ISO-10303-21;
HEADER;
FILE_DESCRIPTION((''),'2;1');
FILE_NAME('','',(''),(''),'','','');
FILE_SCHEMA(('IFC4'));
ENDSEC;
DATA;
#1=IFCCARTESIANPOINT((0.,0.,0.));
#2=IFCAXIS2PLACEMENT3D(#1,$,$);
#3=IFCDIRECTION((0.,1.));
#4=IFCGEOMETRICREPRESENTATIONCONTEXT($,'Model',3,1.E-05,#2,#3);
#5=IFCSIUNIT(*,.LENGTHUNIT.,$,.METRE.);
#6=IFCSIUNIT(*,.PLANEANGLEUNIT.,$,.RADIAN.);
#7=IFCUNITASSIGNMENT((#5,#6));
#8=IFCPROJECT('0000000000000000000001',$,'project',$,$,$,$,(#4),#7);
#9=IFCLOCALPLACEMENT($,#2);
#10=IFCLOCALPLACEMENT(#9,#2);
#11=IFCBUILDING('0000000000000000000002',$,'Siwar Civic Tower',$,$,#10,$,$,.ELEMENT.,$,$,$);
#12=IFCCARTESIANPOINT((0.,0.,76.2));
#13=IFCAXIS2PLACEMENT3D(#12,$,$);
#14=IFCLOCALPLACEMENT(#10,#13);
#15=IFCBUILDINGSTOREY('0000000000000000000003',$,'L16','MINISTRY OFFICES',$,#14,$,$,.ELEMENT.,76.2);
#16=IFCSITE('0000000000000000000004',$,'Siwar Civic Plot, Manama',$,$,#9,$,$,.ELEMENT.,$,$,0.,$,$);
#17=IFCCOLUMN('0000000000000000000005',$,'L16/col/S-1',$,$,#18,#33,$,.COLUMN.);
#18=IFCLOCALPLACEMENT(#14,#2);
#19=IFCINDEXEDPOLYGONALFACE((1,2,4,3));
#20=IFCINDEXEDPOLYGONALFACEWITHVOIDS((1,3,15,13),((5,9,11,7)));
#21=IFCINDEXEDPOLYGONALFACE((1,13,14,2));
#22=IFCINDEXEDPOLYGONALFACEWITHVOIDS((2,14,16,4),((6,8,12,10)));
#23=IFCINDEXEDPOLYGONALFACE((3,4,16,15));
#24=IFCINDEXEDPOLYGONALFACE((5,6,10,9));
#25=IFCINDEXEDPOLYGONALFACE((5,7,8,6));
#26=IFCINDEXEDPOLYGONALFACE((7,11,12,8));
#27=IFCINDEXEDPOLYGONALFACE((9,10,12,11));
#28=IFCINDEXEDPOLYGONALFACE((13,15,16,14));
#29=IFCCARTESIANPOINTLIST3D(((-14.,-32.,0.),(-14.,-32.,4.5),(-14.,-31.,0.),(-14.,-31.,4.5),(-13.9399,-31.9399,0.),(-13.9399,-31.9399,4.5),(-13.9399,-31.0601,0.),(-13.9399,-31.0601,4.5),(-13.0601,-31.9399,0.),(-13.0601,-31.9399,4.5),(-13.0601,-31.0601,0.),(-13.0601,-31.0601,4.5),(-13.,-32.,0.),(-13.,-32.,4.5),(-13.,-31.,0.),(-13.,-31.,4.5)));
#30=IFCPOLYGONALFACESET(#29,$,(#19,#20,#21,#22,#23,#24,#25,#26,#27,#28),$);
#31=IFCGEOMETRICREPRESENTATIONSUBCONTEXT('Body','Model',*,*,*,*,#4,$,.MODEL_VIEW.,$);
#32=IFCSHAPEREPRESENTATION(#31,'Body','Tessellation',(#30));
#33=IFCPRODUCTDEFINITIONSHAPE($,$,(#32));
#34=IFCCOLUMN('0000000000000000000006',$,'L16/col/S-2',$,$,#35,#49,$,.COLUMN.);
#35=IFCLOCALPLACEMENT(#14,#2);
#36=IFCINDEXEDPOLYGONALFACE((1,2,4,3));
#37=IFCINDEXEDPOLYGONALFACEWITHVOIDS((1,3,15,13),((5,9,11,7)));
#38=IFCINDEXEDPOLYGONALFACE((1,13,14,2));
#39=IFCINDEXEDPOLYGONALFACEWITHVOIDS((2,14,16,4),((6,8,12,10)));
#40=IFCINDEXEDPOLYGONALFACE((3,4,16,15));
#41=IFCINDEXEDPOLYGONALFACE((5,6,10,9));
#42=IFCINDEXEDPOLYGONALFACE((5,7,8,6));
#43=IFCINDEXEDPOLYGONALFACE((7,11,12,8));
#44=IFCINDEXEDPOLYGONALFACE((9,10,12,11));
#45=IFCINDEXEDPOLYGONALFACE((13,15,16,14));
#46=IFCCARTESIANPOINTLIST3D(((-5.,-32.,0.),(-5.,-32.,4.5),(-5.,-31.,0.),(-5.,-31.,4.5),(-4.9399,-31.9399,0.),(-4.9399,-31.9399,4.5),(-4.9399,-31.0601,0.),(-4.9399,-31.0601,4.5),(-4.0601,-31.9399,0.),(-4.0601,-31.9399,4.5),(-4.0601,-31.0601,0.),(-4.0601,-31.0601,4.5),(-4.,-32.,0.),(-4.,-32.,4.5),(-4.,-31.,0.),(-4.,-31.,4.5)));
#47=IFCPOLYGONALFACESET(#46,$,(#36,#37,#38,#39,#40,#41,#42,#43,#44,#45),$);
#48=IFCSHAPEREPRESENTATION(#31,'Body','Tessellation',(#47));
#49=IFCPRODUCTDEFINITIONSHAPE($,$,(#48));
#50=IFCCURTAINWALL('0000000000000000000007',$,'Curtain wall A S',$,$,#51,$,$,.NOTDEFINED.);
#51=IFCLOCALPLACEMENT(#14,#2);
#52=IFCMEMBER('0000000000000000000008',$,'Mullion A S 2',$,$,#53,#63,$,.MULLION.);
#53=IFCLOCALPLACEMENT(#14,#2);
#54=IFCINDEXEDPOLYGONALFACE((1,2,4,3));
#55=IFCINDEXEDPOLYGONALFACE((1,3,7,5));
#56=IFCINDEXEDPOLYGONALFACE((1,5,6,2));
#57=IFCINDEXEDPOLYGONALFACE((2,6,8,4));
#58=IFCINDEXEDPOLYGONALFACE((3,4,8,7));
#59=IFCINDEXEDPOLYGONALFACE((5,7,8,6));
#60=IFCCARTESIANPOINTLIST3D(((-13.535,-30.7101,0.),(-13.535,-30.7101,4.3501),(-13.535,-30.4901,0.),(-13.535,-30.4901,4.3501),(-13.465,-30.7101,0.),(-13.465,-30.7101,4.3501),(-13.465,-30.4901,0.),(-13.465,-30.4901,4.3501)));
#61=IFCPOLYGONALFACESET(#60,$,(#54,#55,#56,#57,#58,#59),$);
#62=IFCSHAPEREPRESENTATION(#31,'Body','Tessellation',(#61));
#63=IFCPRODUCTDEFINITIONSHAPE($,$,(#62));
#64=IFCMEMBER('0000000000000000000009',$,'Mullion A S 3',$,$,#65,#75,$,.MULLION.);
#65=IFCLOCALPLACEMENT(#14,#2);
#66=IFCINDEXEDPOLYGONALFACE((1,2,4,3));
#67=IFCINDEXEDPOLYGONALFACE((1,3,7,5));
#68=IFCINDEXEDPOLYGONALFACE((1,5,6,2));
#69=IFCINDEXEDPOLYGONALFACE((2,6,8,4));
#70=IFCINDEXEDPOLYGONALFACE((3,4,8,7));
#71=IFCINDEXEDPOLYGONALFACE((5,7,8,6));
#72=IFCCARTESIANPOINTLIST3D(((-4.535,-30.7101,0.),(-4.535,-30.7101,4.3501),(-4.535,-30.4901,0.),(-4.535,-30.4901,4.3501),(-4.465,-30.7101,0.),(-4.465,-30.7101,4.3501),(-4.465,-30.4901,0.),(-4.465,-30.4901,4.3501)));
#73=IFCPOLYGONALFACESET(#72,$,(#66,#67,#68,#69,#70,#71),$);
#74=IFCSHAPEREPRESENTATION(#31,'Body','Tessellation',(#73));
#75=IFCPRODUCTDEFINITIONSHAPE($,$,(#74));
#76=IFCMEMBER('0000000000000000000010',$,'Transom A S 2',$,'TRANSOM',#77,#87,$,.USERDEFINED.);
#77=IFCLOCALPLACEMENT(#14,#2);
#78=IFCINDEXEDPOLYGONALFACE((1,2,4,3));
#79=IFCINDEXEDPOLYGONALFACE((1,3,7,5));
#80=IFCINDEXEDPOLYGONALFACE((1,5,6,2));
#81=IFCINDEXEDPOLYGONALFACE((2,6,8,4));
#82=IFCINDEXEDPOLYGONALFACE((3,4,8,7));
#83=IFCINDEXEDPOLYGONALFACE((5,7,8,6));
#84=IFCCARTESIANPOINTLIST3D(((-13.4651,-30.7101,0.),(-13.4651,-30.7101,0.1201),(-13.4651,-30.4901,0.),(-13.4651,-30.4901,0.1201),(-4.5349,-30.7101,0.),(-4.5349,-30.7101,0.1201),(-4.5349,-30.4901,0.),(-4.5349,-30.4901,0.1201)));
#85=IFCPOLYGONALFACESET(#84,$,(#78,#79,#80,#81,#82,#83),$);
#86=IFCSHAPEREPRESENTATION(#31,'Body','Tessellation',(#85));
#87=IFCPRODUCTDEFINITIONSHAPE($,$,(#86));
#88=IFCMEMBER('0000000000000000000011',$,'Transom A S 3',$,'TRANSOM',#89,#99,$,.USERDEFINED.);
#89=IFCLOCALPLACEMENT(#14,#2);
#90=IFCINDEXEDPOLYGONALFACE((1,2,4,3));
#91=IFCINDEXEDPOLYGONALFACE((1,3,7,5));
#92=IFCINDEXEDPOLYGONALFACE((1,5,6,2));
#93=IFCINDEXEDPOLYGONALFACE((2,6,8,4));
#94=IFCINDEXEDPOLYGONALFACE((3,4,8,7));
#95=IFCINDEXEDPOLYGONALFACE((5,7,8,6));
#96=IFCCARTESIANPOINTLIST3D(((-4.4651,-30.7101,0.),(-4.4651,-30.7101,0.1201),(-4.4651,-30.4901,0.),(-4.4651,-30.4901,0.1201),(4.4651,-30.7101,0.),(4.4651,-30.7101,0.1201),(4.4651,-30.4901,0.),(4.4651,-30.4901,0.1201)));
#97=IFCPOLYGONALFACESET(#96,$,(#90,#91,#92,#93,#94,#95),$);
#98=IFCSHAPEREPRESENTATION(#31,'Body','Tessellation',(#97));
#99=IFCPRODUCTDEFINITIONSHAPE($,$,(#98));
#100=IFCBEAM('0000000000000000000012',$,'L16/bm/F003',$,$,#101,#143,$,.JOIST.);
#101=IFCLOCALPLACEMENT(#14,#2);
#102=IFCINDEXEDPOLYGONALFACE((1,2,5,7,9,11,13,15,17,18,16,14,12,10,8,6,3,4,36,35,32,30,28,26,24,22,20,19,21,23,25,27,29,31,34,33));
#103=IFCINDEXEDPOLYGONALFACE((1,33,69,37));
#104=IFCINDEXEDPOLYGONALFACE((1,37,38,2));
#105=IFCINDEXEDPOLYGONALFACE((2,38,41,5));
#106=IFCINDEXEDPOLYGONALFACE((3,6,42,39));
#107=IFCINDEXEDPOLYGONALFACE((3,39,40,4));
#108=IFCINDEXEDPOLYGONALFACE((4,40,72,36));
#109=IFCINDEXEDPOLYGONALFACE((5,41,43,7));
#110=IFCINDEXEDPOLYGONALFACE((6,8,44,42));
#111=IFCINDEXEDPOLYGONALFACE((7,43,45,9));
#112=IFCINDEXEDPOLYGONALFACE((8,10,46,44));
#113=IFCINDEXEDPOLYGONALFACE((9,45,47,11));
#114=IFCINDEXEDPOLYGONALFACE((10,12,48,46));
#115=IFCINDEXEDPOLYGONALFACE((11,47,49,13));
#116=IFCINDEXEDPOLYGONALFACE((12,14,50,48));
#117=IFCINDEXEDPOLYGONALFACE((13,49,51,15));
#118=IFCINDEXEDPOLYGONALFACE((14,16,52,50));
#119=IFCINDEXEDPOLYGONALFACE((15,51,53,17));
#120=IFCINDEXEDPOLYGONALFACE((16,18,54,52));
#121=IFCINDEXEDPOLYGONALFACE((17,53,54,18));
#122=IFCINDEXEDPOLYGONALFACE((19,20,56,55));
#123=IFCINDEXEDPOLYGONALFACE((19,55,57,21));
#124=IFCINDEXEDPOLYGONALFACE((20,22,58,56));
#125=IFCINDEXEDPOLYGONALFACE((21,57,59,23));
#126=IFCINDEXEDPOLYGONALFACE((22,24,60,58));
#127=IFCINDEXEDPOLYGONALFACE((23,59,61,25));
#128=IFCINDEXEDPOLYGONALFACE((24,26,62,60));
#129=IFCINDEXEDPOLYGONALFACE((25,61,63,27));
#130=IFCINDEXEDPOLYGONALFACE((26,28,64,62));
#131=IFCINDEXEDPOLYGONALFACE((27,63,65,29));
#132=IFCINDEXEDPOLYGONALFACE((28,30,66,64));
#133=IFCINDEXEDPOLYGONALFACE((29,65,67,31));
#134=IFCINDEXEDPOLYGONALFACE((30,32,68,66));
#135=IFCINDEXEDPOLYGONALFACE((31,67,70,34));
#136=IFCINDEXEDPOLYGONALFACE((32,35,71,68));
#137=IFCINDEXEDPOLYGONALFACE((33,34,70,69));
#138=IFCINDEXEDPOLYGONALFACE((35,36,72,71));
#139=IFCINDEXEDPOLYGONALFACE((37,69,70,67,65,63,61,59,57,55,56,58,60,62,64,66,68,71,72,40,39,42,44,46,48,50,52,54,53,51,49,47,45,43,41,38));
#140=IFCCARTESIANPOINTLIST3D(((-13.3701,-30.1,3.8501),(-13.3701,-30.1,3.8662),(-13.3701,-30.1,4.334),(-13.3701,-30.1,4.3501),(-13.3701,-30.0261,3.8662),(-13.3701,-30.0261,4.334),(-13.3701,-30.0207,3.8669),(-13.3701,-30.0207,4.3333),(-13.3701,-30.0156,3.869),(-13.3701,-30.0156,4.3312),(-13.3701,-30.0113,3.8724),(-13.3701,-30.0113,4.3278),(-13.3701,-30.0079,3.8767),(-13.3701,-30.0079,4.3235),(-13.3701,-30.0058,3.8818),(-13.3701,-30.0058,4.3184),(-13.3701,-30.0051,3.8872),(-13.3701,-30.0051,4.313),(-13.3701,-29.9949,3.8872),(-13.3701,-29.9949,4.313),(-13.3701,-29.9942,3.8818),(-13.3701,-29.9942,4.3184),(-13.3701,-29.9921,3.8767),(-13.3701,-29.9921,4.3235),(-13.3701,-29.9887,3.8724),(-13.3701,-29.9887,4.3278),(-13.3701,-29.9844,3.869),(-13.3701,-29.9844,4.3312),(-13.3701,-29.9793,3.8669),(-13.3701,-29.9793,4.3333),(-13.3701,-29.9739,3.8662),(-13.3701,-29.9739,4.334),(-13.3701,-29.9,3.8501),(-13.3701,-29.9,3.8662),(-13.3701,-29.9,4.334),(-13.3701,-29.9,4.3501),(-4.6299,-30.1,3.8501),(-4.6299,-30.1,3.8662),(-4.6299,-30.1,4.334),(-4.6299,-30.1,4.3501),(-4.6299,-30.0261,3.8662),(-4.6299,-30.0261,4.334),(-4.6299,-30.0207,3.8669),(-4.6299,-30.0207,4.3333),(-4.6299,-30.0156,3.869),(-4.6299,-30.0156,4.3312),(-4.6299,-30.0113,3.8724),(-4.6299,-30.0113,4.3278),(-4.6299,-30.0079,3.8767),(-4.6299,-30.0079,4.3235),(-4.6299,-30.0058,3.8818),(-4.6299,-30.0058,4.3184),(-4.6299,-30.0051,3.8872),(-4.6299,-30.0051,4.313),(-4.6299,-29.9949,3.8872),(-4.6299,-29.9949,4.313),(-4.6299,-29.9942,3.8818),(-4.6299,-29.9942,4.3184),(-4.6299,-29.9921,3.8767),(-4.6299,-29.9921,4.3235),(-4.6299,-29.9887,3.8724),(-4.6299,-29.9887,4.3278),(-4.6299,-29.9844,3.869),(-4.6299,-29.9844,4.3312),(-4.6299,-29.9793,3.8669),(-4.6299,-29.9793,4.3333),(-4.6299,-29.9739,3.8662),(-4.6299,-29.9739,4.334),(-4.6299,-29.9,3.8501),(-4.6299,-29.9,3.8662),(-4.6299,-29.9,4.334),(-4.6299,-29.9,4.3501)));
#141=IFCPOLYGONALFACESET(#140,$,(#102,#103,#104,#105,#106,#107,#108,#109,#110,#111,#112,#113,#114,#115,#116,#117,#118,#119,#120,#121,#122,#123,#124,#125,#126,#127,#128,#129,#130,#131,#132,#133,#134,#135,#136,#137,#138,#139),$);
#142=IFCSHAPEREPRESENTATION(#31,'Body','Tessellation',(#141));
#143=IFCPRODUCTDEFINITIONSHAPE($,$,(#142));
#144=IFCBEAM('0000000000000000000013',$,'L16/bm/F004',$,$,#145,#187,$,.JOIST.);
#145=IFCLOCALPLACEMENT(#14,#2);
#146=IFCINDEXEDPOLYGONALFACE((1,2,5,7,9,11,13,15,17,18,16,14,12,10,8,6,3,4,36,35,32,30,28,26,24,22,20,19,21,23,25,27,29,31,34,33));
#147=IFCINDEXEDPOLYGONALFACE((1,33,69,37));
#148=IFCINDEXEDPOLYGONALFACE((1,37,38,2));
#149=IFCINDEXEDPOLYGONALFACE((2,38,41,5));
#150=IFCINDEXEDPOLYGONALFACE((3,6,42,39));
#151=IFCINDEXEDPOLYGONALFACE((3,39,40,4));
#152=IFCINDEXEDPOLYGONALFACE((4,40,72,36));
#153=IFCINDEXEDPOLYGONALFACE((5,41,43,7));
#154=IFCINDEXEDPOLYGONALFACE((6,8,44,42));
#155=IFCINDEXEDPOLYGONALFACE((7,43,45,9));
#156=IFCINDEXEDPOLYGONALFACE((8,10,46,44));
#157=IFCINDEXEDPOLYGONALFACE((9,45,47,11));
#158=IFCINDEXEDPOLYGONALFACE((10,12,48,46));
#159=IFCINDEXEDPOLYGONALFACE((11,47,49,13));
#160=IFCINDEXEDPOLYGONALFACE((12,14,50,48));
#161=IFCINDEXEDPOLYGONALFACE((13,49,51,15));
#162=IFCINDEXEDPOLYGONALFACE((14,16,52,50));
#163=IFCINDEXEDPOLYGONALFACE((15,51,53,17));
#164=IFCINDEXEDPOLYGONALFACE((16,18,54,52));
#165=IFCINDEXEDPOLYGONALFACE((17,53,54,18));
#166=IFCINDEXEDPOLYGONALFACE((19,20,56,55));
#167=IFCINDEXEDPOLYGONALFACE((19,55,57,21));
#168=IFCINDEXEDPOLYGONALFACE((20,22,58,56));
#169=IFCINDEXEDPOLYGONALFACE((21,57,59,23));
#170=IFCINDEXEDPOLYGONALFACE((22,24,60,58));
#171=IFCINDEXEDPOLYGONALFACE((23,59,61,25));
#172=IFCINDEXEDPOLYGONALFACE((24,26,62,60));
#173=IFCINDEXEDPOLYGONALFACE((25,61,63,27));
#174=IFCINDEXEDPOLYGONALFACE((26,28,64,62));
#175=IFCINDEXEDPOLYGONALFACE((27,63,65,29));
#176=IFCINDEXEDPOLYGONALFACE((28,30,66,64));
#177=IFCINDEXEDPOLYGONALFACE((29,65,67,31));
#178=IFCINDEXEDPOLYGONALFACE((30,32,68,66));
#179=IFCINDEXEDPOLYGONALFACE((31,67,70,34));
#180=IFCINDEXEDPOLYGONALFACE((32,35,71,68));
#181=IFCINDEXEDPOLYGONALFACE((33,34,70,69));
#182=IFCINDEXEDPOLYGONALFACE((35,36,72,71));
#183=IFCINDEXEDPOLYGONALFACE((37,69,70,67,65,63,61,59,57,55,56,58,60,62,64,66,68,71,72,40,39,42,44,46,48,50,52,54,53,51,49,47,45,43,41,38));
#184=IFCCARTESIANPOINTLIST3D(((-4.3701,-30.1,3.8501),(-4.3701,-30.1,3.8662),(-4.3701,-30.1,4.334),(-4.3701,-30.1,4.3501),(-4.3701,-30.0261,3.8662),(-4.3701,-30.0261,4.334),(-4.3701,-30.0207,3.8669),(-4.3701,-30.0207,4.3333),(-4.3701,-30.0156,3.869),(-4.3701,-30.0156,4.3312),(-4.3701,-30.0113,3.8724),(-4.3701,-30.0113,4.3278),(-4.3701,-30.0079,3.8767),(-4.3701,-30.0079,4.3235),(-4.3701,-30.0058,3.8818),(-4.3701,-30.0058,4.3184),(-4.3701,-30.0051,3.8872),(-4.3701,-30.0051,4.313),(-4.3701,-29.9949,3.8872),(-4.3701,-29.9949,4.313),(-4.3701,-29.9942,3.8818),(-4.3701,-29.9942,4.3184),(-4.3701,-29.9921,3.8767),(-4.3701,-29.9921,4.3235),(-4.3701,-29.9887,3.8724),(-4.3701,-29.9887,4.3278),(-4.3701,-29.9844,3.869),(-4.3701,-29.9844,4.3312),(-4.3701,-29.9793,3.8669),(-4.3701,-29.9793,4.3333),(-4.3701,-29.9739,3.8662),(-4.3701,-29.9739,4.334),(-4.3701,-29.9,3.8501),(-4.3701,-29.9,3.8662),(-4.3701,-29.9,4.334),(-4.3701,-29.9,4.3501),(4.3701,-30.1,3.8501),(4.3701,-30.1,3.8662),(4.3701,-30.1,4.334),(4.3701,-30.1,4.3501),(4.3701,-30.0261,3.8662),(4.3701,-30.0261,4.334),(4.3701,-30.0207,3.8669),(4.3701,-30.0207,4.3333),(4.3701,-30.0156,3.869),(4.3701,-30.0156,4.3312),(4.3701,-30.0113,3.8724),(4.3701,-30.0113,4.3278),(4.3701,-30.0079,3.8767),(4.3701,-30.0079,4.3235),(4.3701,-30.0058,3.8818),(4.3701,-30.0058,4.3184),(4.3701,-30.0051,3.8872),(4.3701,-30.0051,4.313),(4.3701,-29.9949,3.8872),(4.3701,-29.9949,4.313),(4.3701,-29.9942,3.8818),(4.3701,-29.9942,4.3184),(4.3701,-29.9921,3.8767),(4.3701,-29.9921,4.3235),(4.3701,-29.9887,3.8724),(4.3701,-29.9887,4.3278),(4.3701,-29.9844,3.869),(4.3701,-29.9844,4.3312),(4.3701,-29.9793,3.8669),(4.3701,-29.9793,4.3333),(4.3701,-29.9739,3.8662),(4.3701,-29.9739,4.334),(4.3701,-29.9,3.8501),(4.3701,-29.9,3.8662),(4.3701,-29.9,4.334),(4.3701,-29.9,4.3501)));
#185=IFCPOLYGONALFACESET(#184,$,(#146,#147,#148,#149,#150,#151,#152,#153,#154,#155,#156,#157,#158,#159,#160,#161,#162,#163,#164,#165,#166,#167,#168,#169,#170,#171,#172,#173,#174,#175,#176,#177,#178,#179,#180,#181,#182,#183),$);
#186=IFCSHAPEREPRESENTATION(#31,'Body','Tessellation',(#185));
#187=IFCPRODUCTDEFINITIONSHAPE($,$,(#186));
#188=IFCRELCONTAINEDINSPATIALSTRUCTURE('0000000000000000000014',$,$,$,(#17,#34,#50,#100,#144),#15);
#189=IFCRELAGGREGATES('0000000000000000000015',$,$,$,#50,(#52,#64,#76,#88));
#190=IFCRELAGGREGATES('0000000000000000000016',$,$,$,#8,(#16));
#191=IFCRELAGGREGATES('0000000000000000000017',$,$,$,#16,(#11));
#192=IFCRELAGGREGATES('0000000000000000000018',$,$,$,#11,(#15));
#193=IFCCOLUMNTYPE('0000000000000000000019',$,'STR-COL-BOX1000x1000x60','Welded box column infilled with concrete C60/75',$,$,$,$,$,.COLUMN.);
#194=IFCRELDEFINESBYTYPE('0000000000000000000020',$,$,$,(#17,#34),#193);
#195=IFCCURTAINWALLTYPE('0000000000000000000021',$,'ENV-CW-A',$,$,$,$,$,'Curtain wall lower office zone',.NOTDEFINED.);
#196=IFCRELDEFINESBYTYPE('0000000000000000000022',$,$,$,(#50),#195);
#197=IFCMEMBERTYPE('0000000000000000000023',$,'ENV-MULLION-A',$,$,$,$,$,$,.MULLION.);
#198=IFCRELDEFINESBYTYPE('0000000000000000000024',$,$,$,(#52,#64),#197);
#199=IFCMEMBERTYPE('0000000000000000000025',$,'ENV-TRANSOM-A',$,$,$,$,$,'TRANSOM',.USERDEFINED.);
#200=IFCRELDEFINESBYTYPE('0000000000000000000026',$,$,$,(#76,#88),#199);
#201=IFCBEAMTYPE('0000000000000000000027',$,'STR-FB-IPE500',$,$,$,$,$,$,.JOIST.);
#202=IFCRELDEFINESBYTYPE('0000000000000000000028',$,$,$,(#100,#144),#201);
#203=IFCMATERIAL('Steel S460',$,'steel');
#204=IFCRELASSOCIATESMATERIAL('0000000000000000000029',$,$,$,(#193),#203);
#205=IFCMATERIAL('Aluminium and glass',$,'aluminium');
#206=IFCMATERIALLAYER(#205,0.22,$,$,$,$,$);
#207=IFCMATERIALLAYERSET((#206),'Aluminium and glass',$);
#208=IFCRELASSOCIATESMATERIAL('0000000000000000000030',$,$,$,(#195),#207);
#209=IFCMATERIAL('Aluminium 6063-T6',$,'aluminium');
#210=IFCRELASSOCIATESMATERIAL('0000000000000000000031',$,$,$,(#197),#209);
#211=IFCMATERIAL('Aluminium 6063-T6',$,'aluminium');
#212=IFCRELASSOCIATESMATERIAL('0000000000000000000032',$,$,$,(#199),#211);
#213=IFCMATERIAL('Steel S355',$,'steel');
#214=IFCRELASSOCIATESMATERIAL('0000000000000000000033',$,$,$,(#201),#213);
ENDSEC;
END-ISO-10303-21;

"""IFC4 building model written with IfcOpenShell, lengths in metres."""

from ifc_helpers import new_model, si_unit, direction, frame, origin, origin_2d, place, context, subcontext, project, spatial, rectangle, hollow_rectangle, i_section, extrude, material, layer, layer_set, material_profile, profile_set, type_object, element, aggregate, save


model = new_model("IFC4")

# Units and contexts
model_context = context("Model", 3, precision=1e-05, world=origin(), true_north=direction((0.0, 1.0)))
body_context = subcontext(model_context, "Body", "Model", "MODEL_VIEW")
ifc_project = project(units=[si_unit("LENGTHUNIT", "METRE"), si_unit("PLANEANGLEUNIT", "RADIAN")], contexts=[model_context])

# Site, building, storey
site_placement = place(None, origin())
site = spatial("IfcSite", under=ifc_project, at=site_placement, Name="Siwar Civic Plot, Manama", CompositionType="ELEMENT", RefElevation=0.0)
building_placement = place(site_placement, origin())
building = spatial("IfcBuilding", under=site, at=building_placement, Name="Siwar Civic Tower", CompositionType="ELEMENT")
storey_placement = place(building_placement, frame((0.0, 0.0, 76.2)))
storey = spatial("IfcBuildingStorey", under=building, at=storey_placement, Name="L16", Description="MINISTRY OFFICES", CompositionType="ELEMENT", Elevation=76.2)

# Columns
ifc_material_1 = material(Name="Steel S460", Category="steel")
ifc_material_profile_1 = material_profile(ifc_material_1, hollow_rectangle(XDim=1.0, YDim=1.0, WallThickness=0.0601, at=origin_2d()), Name="BOX1000x1000x60")
ifc_profile_set_1 = profile_set([ifc_material_profile_1], Name="Steel S460")
column_type = type_object("IfcColumnType", Name="STR-COL-BOX1000x1000x60", Description="Welded box column infilled with concrete C60/75", PredefinedType="COLUMN", material=ifc_profile_set_1)
for number, where, z_axis, x_axis, name in (
    (1, (-13.5, -31.5, 0.0), (0.0, 0.0, 1.0), (1.0, 0.0, 0.0), "L16/col/S-1"),
    (2, (-4.5, -31.5, 0.0), (0.0, 0.0, 1.0), (1.0, 0.0, 0.0), "L16/col/S-2"),
):
    element("IfcColumn", number, at=place(storey_placement, frame(where, z_axis=z_axis, x_axis=x_axis)), inside=storey, type_object=column_type, Name=name, PredefinedType="COLUMN", context=body_context, shape_type="SweptSolid", body=[
        extrude(hollow_rectangle(XDim=1.0, YDim=1.0, WallThickness=0.0601, at=origin_2d()), origin(), (0.0, 0.0, 1.0), 4.5),
    ])

# Curtain wall, members
ifc_material_2 = material(Name="Aluminium and glass", Category="aluminium")
ifc_layer_1 = layer(ifc_material_2, 0.22)
ifc_layer_set_1 = layer_set([ifc_layer_1], Name="Aluminium and glass")
curtain_wall_type = type_object("IfcCurtainWallType", Name="ENV-CW-A", ElementType="Curtain wall lower office zone", PredefinedType="NOTDEFINED", material=ifc_layer_set_1)
curtain_wall_placement = place(storey_placement, origin())
curtain_wall = element("IfcCurtainWall", 3, at=curtain_wall_placement, inside=storey, type_object=curtain_wall_type, Name="Curtain wall A S", PredefinedType="NOTDEFINED")
ifc_material_3 = material(Name="Aluminium 6063-T6", Category="aluminium")
ifc_material_profile_2 = material_profile(ifc_material_3, rectangle(XDim=0.22, YDim=0.0701, at=origin_2d()), Name="AL 220x70")
ifc_profile_set_2 = profile_set([ifc_material_profile_2], Name="Aluminium 6063-T6")
member_type_1 = type_object("IfcMemberType", Name="ENV-MULLION-A", PredefinedType="MULLION", material=ifc_profile_set_2)
member_1_placement = place(storey_placement, frame((-13.5, -30.6001, 0.0), z_axis=(0.0, 0.0, 1.0), x_axis=(0.0, 1.0, 0.0)))
member_1 = element("IfcMember", 4, at=member_1_placement, type_object=member_type_1, Name="Mullion A S 2", PredefinedType="MULLION", context=body_context, shape_type="SweptSolid", body=[
    extrude(rectangle(XDim=0.22, YDim=0.0701, at=origin_2d()), origin(), (0.0, 0.0, 1.0), 4.3501),
])
member_2_placement = place(storey_placement, frame((-4.5, -30.6001, 0.0), z_axis=(0.0, 0.0, 1.0), x_axis=(0.0, 1.0, 0.0)))
member_2 = element("IfcMember", 5, at=member_2_placement, type_object=member_type_1, Name="Mullion A S 3", PredefinedType="MULLION", context=body_context, shape_type="SweptSolid", body=[
    extrude(rectangle(XDim=0.22, YDim=0.0701, at=origin_2d()), origin(), (0.0, 0.0, 1.0), 4.3501),
])
ifc_material_4 = material(Name="Aluminium 6063-T6", Category="aluminium")
ifc_material_profile_3 = material_profile(ifc_material_4, rectangle(XDim=0.22, YDim=0.1201, at=origin_2d()), Name="AL 220x120")
ifc_profile_set_3 = profile_set([ifc_material_profile_3], Name="Aluminium 6063-T6")
member_type_2 = type_object("IfcMemberType", Name="ENV-TRANSOM-A", ElementType="TRANSOM", PredefinedType="USERDEFINED", material=ifc_profile_set_3)
member_3_placement = place(storey_placement, frame((-13.4651, -30.6001, 0.0601), z_axis=(1.0, 0.0, 0.0), x_axis=(0.0, 1.0, 0.0)))
member_3 = element("IfcMember", 6, at=member_3_placement, type_object=member_type_2, Name="Transom A S 2", ObjectType="TRANSOM", PredefinedType="USERDEFINED", context=body_context, shape_type="SweptSolid", body=[
    extrude(rectangle(XDim=0.22, YDim=0.1201, at=origin_2d()), origin(), (0.0, 0.0, 1.0), 8.9302),
])
member_4_placement = place(storey_placement, frame((-4.4651, -30.6001, 0.0601), z_axis=(1.0, 0.0, 0.0), x_axis=(0.0, 1.0, 0.0)))
member_4 = element("IfcMember", 7, at=member_4_placement, type_object=member_type_2, Name="Transom A S 3", ObjectType="TRANSOM", PredefinedType="USERDEFINED", context=body_context, shape_type="SweptSolid", body=[
    extrude(rectangle(XDim=0.22, YDim=0.1201, at=origin_2d()), origin(), (0.0, 0.0, 1.0), 8.9302),
])

# Beams
ifc_material_5 = material(Name="Steel S355", Category="steel")
ifc_material_profile_4 = material_profile(ifc_material_5, i_section(OverallWidth=0.2, OverallDepth=0.5, WebThickness=0.0103, FlangeThickness=0.0161, FilletRadius=0.021, at=origin_2d()), Name="IPE500")
ifc_profile_set_4 = profile_set([ifc_material_profile_4], Name="Steel S355")
beam_type_1 = type_object("IfcBeamType", Name="STR-FB-IPE500", PredefinedType="JOIST", material=ifc_profile_set_4)
for number, where, z_axis, x_axis, name in (
    (8, (-13.3701, -30.0, 4.1001), (1.0, 0.0, 0.0), (0.0, 1.0, 0.0), "L16/bm/F003"),
    (9, (-4.3701, -30.0, 4.1001), (1.0, 0.0, 0.0), (0.0, 1.0, 0.0), "L16/bm/F004"),
):
    element("IfcBeam", number, at=place(storey_placement, frame(where, z_axis=z_axis, x_axis=x_axis)), inside=storey, type_object=beam_type_1, Name=name, PredefinedType="JOIST", context=body_context, shape_type="SweptSolid", body=[
        extrude(i_section(OverallWidth=0.2, OverallDepth=0.5, WebThickness=0.0103, FlangeThickness=0.0161, FilletRadius=0.021, at=origin_2d()), origin(), (0.0, 0.0, 1.0), 8.7402),
    ])

aggregate(curtain_wall, [member_1, member_2, member_3, member_4])

save(model, "model.ifc")
